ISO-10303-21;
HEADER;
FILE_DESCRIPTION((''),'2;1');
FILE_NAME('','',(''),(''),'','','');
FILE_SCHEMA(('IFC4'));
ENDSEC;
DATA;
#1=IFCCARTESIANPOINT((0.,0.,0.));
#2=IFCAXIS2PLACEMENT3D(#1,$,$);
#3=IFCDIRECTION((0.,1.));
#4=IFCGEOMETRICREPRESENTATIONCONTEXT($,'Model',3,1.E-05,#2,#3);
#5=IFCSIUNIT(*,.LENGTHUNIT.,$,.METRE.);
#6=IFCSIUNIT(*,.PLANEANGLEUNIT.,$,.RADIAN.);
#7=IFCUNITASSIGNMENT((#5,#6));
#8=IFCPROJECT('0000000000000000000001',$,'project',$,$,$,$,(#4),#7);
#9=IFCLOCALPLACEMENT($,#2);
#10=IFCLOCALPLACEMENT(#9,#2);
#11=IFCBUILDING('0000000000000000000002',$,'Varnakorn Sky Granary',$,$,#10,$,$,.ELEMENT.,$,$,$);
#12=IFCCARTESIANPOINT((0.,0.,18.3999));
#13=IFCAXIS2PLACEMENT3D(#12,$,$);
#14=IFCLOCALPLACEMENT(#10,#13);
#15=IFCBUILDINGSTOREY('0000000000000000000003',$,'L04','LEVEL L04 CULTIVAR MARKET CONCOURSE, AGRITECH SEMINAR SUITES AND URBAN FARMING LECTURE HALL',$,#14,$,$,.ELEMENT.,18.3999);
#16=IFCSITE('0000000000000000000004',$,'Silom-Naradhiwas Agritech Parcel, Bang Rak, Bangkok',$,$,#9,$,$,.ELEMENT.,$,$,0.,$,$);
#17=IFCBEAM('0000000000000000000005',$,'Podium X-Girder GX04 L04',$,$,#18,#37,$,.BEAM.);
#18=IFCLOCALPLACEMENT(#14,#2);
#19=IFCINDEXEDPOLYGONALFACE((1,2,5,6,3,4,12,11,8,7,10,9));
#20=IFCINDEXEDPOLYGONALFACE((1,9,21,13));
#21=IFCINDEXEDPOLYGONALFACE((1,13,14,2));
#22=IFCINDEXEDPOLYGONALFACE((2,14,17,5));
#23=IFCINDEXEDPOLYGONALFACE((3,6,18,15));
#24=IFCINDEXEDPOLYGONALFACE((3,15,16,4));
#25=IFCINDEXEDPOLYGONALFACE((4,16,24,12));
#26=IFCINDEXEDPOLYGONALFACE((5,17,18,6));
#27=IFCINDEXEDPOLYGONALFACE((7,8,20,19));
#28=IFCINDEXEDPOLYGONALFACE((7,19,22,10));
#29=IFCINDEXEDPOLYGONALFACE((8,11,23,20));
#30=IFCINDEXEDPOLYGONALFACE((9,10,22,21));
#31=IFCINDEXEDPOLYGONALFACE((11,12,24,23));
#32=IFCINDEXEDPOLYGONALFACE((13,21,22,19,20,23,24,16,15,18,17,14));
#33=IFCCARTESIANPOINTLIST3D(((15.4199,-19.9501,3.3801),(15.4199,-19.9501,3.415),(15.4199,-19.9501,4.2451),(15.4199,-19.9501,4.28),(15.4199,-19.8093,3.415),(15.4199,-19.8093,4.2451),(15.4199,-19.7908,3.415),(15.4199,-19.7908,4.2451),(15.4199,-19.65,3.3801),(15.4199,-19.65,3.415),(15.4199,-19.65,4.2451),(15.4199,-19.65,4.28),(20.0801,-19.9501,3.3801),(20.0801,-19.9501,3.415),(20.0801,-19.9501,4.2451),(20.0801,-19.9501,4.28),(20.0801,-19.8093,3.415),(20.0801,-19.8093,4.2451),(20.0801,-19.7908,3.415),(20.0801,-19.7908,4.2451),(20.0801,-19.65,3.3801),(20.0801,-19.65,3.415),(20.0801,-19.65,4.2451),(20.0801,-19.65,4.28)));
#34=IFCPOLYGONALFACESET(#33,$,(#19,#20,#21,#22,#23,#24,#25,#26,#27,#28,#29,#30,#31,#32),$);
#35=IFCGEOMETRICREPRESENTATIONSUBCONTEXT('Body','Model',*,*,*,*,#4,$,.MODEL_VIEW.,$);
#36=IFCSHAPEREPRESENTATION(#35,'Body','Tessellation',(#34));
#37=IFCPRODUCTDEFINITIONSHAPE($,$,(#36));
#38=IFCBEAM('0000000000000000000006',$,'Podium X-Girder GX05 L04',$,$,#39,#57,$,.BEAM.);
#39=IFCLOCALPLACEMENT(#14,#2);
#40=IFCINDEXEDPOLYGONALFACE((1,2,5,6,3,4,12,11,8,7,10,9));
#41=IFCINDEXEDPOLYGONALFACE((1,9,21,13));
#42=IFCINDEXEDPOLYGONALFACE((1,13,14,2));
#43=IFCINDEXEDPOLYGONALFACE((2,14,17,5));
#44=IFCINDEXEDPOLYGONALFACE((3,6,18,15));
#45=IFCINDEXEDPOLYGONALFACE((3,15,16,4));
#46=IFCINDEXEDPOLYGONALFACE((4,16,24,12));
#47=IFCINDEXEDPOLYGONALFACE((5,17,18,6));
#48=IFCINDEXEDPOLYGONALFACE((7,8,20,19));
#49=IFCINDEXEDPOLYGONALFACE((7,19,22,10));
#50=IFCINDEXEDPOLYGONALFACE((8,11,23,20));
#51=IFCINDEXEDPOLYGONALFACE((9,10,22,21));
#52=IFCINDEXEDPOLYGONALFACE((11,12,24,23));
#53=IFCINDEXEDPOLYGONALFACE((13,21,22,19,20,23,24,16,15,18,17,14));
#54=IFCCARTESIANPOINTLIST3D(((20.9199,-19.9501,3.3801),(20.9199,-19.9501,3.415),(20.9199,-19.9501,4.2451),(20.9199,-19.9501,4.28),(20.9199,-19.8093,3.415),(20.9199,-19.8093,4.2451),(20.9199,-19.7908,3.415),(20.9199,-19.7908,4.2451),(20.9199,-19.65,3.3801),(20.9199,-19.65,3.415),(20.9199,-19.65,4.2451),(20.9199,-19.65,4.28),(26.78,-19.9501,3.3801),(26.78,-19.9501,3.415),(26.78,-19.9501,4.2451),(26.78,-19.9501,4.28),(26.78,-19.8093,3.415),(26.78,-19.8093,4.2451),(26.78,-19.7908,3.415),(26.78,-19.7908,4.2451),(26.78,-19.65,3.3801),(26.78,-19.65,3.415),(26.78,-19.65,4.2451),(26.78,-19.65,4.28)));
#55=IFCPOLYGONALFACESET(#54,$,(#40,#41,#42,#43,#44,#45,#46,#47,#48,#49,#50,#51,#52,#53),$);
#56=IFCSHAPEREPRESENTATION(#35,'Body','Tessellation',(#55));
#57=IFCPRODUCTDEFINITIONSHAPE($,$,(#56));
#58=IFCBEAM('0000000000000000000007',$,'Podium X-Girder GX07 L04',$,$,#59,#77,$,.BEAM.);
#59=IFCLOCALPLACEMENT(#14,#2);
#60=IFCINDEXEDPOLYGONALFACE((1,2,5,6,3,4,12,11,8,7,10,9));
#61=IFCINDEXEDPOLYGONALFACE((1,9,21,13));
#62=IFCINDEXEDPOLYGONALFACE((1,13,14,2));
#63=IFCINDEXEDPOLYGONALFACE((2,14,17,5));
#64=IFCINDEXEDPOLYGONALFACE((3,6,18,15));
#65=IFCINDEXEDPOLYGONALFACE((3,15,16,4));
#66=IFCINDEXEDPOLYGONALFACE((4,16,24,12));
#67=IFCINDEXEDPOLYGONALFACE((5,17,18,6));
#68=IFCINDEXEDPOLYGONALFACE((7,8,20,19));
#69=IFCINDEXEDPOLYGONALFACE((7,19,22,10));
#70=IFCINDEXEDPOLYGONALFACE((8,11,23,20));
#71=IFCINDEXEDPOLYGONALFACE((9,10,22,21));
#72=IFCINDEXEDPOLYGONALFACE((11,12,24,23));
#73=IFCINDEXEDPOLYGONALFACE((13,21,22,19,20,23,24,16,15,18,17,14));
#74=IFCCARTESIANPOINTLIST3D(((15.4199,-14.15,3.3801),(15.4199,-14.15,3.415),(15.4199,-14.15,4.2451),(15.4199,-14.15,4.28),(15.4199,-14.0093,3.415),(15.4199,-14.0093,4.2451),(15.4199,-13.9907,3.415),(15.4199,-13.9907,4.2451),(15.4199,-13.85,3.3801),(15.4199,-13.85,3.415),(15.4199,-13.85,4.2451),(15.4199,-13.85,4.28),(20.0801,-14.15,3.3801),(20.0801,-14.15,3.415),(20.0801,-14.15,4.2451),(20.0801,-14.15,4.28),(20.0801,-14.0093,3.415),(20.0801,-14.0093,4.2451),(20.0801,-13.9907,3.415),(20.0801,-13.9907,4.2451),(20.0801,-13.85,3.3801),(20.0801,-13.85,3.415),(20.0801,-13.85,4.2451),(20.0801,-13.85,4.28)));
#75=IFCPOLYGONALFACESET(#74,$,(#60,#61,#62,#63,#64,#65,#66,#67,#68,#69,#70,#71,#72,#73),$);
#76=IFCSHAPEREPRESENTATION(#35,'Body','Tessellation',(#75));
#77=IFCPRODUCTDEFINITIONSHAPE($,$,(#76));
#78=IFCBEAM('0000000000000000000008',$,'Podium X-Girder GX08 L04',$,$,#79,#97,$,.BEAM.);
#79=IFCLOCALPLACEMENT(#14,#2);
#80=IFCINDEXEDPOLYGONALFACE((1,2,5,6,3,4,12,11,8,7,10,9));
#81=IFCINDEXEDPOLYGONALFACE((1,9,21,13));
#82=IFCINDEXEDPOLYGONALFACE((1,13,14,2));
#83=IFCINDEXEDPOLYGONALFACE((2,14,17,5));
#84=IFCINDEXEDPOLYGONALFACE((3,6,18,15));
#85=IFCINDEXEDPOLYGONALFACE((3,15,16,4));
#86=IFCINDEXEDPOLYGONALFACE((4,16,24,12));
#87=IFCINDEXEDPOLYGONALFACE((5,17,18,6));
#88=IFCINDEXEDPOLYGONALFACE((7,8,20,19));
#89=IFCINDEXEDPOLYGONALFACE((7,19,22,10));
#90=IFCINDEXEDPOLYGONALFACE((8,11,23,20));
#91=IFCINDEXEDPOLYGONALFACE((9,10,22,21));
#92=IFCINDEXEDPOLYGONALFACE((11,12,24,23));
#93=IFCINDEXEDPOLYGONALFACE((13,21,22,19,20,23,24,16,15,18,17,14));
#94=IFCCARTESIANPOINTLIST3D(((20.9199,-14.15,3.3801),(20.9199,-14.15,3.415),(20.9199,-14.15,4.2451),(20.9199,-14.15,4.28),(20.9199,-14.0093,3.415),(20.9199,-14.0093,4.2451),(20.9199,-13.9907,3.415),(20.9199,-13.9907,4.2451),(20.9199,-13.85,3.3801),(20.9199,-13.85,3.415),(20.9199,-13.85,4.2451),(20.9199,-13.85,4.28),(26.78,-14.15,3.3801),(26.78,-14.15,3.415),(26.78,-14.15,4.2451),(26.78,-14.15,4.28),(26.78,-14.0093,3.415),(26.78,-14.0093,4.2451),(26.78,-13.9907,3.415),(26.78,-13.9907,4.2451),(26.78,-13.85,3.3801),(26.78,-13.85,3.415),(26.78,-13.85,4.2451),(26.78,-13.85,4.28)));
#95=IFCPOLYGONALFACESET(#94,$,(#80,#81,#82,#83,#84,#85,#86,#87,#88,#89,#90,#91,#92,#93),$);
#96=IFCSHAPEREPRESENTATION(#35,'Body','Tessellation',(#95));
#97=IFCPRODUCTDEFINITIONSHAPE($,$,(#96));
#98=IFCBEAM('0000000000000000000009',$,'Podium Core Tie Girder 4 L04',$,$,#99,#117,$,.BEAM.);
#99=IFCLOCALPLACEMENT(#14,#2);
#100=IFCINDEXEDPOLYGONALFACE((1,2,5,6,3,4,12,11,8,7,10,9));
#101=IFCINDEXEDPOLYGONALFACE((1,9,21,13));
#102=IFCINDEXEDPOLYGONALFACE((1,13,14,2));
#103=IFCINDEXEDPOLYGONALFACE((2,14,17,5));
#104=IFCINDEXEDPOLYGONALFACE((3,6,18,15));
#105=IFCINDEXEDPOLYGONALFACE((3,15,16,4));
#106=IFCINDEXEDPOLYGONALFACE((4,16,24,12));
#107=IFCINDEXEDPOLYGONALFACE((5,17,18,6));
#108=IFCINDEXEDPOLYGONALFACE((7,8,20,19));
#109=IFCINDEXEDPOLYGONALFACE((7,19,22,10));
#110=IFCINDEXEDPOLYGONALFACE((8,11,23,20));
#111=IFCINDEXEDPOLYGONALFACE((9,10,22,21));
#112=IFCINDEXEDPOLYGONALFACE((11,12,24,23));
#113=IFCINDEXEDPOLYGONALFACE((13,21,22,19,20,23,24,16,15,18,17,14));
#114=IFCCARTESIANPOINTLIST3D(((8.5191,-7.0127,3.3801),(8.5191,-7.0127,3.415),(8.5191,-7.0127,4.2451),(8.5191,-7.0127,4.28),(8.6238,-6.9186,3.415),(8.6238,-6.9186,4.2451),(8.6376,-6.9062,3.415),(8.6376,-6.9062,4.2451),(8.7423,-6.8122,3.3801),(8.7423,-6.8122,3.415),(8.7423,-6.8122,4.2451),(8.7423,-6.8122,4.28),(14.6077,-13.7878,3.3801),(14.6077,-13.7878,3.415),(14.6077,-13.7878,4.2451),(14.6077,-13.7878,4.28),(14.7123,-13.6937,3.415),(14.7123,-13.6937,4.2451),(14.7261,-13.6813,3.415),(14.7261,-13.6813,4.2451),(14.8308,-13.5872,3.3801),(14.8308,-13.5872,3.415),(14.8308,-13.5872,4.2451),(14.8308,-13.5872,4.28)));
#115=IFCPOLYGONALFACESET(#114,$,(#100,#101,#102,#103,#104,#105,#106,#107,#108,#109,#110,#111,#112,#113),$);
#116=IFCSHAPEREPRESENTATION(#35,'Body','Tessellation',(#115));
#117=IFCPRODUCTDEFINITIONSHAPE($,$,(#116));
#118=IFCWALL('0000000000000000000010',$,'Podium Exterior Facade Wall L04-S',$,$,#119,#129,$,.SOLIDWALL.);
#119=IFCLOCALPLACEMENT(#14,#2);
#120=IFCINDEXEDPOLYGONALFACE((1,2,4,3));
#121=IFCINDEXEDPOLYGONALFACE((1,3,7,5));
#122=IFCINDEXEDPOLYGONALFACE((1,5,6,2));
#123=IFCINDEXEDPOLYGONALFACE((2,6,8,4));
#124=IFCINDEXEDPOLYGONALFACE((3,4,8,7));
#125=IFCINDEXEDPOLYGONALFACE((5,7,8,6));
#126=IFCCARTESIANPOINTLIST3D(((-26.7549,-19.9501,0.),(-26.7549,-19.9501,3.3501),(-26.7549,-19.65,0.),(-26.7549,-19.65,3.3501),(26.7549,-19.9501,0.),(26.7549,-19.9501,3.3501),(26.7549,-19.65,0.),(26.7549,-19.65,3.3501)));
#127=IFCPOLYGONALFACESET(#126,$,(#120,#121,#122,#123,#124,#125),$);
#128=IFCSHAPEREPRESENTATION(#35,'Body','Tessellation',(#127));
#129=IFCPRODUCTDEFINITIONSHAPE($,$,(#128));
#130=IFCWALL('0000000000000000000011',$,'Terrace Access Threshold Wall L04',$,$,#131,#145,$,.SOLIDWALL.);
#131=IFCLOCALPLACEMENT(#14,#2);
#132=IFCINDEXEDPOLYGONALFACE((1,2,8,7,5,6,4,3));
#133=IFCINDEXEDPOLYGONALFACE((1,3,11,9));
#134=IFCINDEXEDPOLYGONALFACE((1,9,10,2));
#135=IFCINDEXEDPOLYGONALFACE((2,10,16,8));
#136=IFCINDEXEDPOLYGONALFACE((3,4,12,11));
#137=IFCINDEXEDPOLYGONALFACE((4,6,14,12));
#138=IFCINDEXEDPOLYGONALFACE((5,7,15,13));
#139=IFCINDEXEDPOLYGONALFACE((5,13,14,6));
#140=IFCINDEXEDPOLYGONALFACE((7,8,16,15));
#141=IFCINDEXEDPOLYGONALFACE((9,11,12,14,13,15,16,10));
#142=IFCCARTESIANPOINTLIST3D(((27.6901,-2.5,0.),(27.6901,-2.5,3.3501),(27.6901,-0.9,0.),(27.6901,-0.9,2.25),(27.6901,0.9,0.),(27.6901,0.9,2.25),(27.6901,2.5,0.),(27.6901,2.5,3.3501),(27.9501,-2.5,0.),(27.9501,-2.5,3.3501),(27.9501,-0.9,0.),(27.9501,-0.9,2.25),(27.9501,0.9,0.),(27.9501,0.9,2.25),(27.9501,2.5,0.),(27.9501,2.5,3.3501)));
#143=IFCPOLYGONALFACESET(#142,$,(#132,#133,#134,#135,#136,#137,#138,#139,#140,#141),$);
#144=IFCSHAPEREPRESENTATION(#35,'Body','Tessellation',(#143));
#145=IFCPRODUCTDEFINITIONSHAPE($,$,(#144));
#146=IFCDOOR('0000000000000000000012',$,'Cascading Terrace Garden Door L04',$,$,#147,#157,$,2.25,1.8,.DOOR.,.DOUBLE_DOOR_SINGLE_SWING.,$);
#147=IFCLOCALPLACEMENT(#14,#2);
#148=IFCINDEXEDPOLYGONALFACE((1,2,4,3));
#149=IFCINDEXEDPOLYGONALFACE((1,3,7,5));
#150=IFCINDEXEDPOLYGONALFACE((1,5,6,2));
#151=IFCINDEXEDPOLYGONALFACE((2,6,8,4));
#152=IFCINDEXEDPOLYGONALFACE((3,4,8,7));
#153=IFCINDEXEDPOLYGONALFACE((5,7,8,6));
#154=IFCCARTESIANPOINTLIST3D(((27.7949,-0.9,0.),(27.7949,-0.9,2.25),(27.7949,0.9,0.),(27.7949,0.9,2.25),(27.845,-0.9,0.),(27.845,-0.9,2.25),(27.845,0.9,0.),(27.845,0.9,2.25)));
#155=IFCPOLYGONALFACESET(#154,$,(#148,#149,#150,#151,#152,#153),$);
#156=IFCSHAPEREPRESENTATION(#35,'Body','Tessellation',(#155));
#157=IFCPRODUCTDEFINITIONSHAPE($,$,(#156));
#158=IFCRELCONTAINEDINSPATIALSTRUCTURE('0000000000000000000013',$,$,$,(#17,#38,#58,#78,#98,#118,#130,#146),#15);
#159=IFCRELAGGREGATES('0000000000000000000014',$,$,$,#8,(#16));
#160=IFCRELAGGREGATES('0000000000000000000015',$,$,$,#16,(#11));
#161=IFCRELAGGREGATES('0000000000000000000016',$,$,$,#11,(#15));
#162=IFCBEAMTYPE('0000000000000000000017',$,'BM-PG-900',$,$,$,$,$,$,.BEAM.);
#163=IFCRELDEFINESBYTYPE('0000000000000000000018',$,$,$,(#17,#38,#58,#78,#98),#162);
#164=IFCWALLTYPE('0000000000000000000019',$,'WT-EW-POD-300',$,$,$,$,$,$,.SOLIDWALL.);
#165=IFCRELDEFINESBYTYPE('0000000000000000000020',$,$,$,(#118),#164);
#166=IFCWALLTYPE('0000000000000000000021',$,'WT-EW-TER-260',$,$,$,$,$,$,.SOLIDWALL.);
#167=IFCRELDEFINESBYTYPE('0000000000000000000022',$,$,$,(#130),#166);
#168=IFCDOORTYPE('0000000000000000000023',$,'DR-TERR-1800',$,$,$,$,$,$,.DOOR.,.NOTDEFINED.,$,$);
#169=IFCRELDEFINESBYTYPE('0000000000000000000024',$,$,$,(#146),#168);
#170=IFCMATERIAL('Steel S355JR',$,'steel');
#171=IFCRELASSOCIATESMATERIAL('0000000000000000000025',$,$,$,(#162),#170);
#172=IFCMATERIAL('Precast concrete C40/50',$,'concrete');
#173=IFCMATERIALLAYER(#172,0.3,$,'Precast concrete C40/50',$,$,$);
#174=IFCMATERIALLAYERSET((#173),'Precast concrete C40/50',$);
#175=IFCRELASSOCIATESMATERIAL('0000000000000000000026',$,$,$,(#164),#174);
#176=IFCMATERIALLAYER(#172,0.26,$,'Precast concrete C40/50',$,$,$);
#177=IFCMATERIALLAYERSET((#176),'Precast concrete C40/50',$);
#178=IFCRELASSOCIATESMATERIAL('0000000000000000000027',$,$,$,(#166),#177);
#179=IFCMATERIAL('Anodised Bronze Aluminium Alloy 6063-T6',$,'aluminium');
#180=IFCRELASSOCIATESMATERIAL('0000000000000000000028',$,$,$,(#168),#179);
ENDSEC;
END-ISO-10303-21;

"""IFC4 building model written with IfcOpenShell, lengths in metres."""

from ifc_helpers import new_model, si_unit, direction, frame, frame_2d, origin, origin_2d, place, context, subcontext, project, spatial, rectangle, i_section, extrude, material, layer, layer_set, material_profile, profile_set, type_object, element, fill, save


model = new_model("IFC4")

# Units and contexts
model_context = context("Model", 3, precision=1e-05, world=origin(), true_north=direction((0.0, 1.0)))
body_context = subcontext(model_context, "Body", "Model", "MODEL_VIEW")
ifc_project = project(units=[si_unit("LENGTHUNIT", "METRE"), si_unit("PLANEANGLEUNIT", "RADIAN")], contexts=[model_context])

# Site, building, storey
site_placement = place(None, origin())
site = spatial("IfcSite", under=ifc_project, at=site_placement, Name="Silom-Naradhiwas Agritech Parcel, Bang Rak, Bangkok", CompositionType="ELEMENT", RefElevation=0.0)
building_placement = place(site_placement, origin())
building = spatial("IfcBuilding", under=site, at=building_placement, Name="Varnakorn Sky Granary", CompositionType="ELEMENT")
storey_placement = place(building_placement, frame((0.0, 0.0, 18.3999)))
storey = spatial("IfcBuildingStorey", under=building, at=storey_placement, Name="L04", Description="LEVEL L04 CULTIVAR MARKET CONCOURSE, AGRITECH SEMINAR SUITES AND URBAN FARMING LECTURE HALL", CompositionType="ELEMENT", Elevation=18.3999)

# Beams
ifc_material_1 = material(Name="Steel S355JR", Category="steel")
ifc_material_profile_1 = material_profile(ifc_material_1, i_section(OverallWidth=0.3, OverallDepth=0.8999, WebThickness=0.0186, FlangeThickness=0.0349, at=origin_2d()), Name="HE 900 B")
ifc_profile_set_1 = profile_set([ifc_material_profile_1], Name="Steel S355JR")
beam_type_1 = type_object("IfcBeamType", Name="BM-PG-900", PredefinedType="BEAM", material=ifc_profile_set_1)
beam_1_placement = place(storey_placement, frame((15.4199, -19.8, 3.8301), z_axis=(1.0, 0.0, 0.0), x_axis=(0.0, 1.0, 0.0)))
element("IfcBeam", 1, at=beam_1_placement, inside=storey, type_object=beam_type_1, Name="Podium X-Girder GX04 L04", PredefinedType="BEAM", context=body_context, shape_type="SweptSolid", body=[
    extrude(i_section(OverallWidth=0.3, OverallDepth=0.8999, WebThickness=0.0186, FlangeThickness=0.0349, at=origin_2d()), origin(), (0.0, 0.0, 1.0), 4.6602),
])
beam_2_placement = place(storey_placement, frame((20.9199, -19.8, 3.8301), z_axis=(1.0, 0.0, 0.0), x_axis=(0.0, 1.0, 0.0)))
element("IfcBeam", 2, at=beam_2_placement, inside=storey, type_object=beam_type_1, Name="Podium X-Girder GX05 L04", PredefinedType="BEAM", context=body_context, shape_type="SweptSolid", body=[
    extrude(i_section(OverallWidth=0.3, OverallDepth=0.8999, WebThickness=0.0186, FlangeThickness=0.0349, at=origin_2d()), origin(), (0.0, 0.0, 1.0), 5.8601),
])
beam_3_placement = place(storey_placement, frame((15.4199, -14.0, 3.8301), z_axis=(1.0, 0.0, 0.0), x_axis=(0.0, 1.0, 0.0)))
element("IfcBeam", 3, at=beam_3_placement, inside=storey, type_object=beam_type_1, Name="Podium X-Girder GX07 L04", PredefinedType="BEAM", context=body_context, shape_type="SweptSolid", body=[
    extrude(i_section(OverallWidth=0.3, OverallDepth=0.8999, WebThickness=0.0186, FlangeThickness=0.0349, at=origin_2d()), origin(), (0.0, 0.0, 1.0), 4.6602),
])
beam_4_placement = place(storey_placement, frame((20.9199, -14.0, 3.8301), z_axis=(1.0, 0.0, 0.0), x_axis=(0.0, 1.0, 0.0)))
element("IfcBeam", 4, at=beam_4_placement, inside=storey, type_object=beam_type_1, Name="Podium X-Girder GX08 L04", PredefinedType="BEAM", context=body_context, shape_type="SweptSolid", body=[
    extrude(i_section(OverallWidth=0.3, OverallDepth=0.8999, WebThickness=0.0186, FlangeThickness=0.0349, at=origin_2d()), origin(), (0.0, 0.0, 1.0), 5.8601),
])
beam_5_placement = place(storey_placement, frame((14.7192, -13.6875, 3.8301), z_axis=(-0.668418, 0.743786, 0.0), x_axis=(-0.743786, -0.668418, 0.0)))
element("IfcBeam", 5, at=beam_5_placement, inside=storey, type_object=beam_type_1, Name="Podium Core Tie Girder 4 L04", PredefinedType="BEAM", context=body_context, shape_type="SweptSolid", body=[
    extrude(i_section(OverallWidth=0.3, OverallDepth=0.8999, WebThickness=0.0186, FlangeThickness=0.0349, at=origin_2d()), origin(), (0.0, 0.0, 1.0), 9.1089),
])

# Wall
ifc_material_2 = material(Name="Precast concrete C40/50", Category="concrete")
ifc_layer_1 = layer(ifc_material_2, 0.3, Name="Precast concrete C40/50")
ifc_layer_set_1 = layer_set([ifc_layer_1], Name="Precast concrete C40/50")
wall_type_1 = type_object("IfcWallType", Name="WT-EW-POD-300", PredefinedType="SOLIDWALL", material=ifc_layer_set_1)
wall_1_placement = place(storey_placement, frame((26.7549, -19.8, 0.0), z_axis=(0.0, 0.0, 1.0), x_axis=(-1.0, 0.0, 0.0)))
element("IfcWall", 6, at=wall_1_placement, inside=storey, type_object=wall_type_1, Name="Podium Exterior Facade Wall L04-S", PredefinedType="SOLIDWALL", context=body_context, shape_type="SweptSolid", body=[
    extrude(rectangle(XDim=53.5098, YDim=0.3, at=frame_2d((26.7549, 0.0))), origin(), (0.0, 0.0, 1.0), 3.3501),
])

# Wall, opening, door
ifc_layer_2 = layer(ifc_material_2, 0.26, Name="Precast concrete C40/50")
ifc_layer_set_2 = layer_set([ifc_layer_2], Name="Precast concrete C40/50")
wall_type_2 = type_object("IfcWallType", Name="WT-EW-TER-260", PredefinedType="SOLIDWALL", material=ifc_layer_set_2)
wall_2_placement = place(storey_placement, frame((27.8201, 2.5, 0.0), z_axis=(0.0, 0.0, 1.0), x_axis=(0.0, -1.0, 0.0)))
wall_2 = element("IfcWall", 7, at=wall_2_placement, inside=storey, type_object=wall_type_2, Name="Terrace Access Threshold Wall L04", PredefinedType="SOLIDWALL", context=body_context, shape_type="SweptSolid", body=[
    extrude(rectangle(XDim=5.0, YDim=0.26, at=frame_2d((2.5, 0.0))), origin(), (0.0, 0.0, 1.0), 3.3501),
])
opening_1_placement = place(wall_2_placement, frame((1.6001, 0.0, 0.0)))
opening_1 = element("IfcOpeningElement", 8, at=opening_1_placement, cuts=wall_2, PredefinedType="OPENING", context=body_context, shape_type="SweptSolid", body=[
    extrude(rectangle(XDim=1.8, YDim=2.25, at=frame_2d((0.8999, 1.125))), frame((0.0, 0.1401, 0.0), z_axis=(0.0, -1.0, 0.0), x_axis=(1.0, 0.0, 0.0)), (0.0, 0.0, 1.0), 0.28),
])
ifc_material_3 = material(Name="Anodised Bronze Aluminium Alloy 6063-T6", Category="aluminium")
door_type_1 = type_object("IfcDoorType", Name="DR-TERR-1800", OperationType="NOTDEFINED", PredefinedType="DOOR", material=ifc_material_3)
door_1_placement = place(opening_1_placement, origin())
door_1 = element("IfcDoor", 9, at=door_1_placement, inside=storey, type_object=door_type_1, Name="Cascading Terrace Garden Door L04", OperationType="DOUBLE_DOOR_SINGLE_SWING", OverallHeight=2.25, OverallWidth=1.8, PredefinedType="DOOR", context=body_context, shape_type="SweptSolid", body=[
    extrude(rectangle(XDim=1.8, YDim=2.25, at=frame_2d((0.8999, 1.125))), frame((0.0, 0.0249, 0.0), z_axis=(0.0, -1.0, 0.0), x_axis=(1.0, 0.0, 0.0)), (0.0, 0.0, 1.0), 0.05),
])
fill(opening_1, door_1)

save(model, "model.ifc")
